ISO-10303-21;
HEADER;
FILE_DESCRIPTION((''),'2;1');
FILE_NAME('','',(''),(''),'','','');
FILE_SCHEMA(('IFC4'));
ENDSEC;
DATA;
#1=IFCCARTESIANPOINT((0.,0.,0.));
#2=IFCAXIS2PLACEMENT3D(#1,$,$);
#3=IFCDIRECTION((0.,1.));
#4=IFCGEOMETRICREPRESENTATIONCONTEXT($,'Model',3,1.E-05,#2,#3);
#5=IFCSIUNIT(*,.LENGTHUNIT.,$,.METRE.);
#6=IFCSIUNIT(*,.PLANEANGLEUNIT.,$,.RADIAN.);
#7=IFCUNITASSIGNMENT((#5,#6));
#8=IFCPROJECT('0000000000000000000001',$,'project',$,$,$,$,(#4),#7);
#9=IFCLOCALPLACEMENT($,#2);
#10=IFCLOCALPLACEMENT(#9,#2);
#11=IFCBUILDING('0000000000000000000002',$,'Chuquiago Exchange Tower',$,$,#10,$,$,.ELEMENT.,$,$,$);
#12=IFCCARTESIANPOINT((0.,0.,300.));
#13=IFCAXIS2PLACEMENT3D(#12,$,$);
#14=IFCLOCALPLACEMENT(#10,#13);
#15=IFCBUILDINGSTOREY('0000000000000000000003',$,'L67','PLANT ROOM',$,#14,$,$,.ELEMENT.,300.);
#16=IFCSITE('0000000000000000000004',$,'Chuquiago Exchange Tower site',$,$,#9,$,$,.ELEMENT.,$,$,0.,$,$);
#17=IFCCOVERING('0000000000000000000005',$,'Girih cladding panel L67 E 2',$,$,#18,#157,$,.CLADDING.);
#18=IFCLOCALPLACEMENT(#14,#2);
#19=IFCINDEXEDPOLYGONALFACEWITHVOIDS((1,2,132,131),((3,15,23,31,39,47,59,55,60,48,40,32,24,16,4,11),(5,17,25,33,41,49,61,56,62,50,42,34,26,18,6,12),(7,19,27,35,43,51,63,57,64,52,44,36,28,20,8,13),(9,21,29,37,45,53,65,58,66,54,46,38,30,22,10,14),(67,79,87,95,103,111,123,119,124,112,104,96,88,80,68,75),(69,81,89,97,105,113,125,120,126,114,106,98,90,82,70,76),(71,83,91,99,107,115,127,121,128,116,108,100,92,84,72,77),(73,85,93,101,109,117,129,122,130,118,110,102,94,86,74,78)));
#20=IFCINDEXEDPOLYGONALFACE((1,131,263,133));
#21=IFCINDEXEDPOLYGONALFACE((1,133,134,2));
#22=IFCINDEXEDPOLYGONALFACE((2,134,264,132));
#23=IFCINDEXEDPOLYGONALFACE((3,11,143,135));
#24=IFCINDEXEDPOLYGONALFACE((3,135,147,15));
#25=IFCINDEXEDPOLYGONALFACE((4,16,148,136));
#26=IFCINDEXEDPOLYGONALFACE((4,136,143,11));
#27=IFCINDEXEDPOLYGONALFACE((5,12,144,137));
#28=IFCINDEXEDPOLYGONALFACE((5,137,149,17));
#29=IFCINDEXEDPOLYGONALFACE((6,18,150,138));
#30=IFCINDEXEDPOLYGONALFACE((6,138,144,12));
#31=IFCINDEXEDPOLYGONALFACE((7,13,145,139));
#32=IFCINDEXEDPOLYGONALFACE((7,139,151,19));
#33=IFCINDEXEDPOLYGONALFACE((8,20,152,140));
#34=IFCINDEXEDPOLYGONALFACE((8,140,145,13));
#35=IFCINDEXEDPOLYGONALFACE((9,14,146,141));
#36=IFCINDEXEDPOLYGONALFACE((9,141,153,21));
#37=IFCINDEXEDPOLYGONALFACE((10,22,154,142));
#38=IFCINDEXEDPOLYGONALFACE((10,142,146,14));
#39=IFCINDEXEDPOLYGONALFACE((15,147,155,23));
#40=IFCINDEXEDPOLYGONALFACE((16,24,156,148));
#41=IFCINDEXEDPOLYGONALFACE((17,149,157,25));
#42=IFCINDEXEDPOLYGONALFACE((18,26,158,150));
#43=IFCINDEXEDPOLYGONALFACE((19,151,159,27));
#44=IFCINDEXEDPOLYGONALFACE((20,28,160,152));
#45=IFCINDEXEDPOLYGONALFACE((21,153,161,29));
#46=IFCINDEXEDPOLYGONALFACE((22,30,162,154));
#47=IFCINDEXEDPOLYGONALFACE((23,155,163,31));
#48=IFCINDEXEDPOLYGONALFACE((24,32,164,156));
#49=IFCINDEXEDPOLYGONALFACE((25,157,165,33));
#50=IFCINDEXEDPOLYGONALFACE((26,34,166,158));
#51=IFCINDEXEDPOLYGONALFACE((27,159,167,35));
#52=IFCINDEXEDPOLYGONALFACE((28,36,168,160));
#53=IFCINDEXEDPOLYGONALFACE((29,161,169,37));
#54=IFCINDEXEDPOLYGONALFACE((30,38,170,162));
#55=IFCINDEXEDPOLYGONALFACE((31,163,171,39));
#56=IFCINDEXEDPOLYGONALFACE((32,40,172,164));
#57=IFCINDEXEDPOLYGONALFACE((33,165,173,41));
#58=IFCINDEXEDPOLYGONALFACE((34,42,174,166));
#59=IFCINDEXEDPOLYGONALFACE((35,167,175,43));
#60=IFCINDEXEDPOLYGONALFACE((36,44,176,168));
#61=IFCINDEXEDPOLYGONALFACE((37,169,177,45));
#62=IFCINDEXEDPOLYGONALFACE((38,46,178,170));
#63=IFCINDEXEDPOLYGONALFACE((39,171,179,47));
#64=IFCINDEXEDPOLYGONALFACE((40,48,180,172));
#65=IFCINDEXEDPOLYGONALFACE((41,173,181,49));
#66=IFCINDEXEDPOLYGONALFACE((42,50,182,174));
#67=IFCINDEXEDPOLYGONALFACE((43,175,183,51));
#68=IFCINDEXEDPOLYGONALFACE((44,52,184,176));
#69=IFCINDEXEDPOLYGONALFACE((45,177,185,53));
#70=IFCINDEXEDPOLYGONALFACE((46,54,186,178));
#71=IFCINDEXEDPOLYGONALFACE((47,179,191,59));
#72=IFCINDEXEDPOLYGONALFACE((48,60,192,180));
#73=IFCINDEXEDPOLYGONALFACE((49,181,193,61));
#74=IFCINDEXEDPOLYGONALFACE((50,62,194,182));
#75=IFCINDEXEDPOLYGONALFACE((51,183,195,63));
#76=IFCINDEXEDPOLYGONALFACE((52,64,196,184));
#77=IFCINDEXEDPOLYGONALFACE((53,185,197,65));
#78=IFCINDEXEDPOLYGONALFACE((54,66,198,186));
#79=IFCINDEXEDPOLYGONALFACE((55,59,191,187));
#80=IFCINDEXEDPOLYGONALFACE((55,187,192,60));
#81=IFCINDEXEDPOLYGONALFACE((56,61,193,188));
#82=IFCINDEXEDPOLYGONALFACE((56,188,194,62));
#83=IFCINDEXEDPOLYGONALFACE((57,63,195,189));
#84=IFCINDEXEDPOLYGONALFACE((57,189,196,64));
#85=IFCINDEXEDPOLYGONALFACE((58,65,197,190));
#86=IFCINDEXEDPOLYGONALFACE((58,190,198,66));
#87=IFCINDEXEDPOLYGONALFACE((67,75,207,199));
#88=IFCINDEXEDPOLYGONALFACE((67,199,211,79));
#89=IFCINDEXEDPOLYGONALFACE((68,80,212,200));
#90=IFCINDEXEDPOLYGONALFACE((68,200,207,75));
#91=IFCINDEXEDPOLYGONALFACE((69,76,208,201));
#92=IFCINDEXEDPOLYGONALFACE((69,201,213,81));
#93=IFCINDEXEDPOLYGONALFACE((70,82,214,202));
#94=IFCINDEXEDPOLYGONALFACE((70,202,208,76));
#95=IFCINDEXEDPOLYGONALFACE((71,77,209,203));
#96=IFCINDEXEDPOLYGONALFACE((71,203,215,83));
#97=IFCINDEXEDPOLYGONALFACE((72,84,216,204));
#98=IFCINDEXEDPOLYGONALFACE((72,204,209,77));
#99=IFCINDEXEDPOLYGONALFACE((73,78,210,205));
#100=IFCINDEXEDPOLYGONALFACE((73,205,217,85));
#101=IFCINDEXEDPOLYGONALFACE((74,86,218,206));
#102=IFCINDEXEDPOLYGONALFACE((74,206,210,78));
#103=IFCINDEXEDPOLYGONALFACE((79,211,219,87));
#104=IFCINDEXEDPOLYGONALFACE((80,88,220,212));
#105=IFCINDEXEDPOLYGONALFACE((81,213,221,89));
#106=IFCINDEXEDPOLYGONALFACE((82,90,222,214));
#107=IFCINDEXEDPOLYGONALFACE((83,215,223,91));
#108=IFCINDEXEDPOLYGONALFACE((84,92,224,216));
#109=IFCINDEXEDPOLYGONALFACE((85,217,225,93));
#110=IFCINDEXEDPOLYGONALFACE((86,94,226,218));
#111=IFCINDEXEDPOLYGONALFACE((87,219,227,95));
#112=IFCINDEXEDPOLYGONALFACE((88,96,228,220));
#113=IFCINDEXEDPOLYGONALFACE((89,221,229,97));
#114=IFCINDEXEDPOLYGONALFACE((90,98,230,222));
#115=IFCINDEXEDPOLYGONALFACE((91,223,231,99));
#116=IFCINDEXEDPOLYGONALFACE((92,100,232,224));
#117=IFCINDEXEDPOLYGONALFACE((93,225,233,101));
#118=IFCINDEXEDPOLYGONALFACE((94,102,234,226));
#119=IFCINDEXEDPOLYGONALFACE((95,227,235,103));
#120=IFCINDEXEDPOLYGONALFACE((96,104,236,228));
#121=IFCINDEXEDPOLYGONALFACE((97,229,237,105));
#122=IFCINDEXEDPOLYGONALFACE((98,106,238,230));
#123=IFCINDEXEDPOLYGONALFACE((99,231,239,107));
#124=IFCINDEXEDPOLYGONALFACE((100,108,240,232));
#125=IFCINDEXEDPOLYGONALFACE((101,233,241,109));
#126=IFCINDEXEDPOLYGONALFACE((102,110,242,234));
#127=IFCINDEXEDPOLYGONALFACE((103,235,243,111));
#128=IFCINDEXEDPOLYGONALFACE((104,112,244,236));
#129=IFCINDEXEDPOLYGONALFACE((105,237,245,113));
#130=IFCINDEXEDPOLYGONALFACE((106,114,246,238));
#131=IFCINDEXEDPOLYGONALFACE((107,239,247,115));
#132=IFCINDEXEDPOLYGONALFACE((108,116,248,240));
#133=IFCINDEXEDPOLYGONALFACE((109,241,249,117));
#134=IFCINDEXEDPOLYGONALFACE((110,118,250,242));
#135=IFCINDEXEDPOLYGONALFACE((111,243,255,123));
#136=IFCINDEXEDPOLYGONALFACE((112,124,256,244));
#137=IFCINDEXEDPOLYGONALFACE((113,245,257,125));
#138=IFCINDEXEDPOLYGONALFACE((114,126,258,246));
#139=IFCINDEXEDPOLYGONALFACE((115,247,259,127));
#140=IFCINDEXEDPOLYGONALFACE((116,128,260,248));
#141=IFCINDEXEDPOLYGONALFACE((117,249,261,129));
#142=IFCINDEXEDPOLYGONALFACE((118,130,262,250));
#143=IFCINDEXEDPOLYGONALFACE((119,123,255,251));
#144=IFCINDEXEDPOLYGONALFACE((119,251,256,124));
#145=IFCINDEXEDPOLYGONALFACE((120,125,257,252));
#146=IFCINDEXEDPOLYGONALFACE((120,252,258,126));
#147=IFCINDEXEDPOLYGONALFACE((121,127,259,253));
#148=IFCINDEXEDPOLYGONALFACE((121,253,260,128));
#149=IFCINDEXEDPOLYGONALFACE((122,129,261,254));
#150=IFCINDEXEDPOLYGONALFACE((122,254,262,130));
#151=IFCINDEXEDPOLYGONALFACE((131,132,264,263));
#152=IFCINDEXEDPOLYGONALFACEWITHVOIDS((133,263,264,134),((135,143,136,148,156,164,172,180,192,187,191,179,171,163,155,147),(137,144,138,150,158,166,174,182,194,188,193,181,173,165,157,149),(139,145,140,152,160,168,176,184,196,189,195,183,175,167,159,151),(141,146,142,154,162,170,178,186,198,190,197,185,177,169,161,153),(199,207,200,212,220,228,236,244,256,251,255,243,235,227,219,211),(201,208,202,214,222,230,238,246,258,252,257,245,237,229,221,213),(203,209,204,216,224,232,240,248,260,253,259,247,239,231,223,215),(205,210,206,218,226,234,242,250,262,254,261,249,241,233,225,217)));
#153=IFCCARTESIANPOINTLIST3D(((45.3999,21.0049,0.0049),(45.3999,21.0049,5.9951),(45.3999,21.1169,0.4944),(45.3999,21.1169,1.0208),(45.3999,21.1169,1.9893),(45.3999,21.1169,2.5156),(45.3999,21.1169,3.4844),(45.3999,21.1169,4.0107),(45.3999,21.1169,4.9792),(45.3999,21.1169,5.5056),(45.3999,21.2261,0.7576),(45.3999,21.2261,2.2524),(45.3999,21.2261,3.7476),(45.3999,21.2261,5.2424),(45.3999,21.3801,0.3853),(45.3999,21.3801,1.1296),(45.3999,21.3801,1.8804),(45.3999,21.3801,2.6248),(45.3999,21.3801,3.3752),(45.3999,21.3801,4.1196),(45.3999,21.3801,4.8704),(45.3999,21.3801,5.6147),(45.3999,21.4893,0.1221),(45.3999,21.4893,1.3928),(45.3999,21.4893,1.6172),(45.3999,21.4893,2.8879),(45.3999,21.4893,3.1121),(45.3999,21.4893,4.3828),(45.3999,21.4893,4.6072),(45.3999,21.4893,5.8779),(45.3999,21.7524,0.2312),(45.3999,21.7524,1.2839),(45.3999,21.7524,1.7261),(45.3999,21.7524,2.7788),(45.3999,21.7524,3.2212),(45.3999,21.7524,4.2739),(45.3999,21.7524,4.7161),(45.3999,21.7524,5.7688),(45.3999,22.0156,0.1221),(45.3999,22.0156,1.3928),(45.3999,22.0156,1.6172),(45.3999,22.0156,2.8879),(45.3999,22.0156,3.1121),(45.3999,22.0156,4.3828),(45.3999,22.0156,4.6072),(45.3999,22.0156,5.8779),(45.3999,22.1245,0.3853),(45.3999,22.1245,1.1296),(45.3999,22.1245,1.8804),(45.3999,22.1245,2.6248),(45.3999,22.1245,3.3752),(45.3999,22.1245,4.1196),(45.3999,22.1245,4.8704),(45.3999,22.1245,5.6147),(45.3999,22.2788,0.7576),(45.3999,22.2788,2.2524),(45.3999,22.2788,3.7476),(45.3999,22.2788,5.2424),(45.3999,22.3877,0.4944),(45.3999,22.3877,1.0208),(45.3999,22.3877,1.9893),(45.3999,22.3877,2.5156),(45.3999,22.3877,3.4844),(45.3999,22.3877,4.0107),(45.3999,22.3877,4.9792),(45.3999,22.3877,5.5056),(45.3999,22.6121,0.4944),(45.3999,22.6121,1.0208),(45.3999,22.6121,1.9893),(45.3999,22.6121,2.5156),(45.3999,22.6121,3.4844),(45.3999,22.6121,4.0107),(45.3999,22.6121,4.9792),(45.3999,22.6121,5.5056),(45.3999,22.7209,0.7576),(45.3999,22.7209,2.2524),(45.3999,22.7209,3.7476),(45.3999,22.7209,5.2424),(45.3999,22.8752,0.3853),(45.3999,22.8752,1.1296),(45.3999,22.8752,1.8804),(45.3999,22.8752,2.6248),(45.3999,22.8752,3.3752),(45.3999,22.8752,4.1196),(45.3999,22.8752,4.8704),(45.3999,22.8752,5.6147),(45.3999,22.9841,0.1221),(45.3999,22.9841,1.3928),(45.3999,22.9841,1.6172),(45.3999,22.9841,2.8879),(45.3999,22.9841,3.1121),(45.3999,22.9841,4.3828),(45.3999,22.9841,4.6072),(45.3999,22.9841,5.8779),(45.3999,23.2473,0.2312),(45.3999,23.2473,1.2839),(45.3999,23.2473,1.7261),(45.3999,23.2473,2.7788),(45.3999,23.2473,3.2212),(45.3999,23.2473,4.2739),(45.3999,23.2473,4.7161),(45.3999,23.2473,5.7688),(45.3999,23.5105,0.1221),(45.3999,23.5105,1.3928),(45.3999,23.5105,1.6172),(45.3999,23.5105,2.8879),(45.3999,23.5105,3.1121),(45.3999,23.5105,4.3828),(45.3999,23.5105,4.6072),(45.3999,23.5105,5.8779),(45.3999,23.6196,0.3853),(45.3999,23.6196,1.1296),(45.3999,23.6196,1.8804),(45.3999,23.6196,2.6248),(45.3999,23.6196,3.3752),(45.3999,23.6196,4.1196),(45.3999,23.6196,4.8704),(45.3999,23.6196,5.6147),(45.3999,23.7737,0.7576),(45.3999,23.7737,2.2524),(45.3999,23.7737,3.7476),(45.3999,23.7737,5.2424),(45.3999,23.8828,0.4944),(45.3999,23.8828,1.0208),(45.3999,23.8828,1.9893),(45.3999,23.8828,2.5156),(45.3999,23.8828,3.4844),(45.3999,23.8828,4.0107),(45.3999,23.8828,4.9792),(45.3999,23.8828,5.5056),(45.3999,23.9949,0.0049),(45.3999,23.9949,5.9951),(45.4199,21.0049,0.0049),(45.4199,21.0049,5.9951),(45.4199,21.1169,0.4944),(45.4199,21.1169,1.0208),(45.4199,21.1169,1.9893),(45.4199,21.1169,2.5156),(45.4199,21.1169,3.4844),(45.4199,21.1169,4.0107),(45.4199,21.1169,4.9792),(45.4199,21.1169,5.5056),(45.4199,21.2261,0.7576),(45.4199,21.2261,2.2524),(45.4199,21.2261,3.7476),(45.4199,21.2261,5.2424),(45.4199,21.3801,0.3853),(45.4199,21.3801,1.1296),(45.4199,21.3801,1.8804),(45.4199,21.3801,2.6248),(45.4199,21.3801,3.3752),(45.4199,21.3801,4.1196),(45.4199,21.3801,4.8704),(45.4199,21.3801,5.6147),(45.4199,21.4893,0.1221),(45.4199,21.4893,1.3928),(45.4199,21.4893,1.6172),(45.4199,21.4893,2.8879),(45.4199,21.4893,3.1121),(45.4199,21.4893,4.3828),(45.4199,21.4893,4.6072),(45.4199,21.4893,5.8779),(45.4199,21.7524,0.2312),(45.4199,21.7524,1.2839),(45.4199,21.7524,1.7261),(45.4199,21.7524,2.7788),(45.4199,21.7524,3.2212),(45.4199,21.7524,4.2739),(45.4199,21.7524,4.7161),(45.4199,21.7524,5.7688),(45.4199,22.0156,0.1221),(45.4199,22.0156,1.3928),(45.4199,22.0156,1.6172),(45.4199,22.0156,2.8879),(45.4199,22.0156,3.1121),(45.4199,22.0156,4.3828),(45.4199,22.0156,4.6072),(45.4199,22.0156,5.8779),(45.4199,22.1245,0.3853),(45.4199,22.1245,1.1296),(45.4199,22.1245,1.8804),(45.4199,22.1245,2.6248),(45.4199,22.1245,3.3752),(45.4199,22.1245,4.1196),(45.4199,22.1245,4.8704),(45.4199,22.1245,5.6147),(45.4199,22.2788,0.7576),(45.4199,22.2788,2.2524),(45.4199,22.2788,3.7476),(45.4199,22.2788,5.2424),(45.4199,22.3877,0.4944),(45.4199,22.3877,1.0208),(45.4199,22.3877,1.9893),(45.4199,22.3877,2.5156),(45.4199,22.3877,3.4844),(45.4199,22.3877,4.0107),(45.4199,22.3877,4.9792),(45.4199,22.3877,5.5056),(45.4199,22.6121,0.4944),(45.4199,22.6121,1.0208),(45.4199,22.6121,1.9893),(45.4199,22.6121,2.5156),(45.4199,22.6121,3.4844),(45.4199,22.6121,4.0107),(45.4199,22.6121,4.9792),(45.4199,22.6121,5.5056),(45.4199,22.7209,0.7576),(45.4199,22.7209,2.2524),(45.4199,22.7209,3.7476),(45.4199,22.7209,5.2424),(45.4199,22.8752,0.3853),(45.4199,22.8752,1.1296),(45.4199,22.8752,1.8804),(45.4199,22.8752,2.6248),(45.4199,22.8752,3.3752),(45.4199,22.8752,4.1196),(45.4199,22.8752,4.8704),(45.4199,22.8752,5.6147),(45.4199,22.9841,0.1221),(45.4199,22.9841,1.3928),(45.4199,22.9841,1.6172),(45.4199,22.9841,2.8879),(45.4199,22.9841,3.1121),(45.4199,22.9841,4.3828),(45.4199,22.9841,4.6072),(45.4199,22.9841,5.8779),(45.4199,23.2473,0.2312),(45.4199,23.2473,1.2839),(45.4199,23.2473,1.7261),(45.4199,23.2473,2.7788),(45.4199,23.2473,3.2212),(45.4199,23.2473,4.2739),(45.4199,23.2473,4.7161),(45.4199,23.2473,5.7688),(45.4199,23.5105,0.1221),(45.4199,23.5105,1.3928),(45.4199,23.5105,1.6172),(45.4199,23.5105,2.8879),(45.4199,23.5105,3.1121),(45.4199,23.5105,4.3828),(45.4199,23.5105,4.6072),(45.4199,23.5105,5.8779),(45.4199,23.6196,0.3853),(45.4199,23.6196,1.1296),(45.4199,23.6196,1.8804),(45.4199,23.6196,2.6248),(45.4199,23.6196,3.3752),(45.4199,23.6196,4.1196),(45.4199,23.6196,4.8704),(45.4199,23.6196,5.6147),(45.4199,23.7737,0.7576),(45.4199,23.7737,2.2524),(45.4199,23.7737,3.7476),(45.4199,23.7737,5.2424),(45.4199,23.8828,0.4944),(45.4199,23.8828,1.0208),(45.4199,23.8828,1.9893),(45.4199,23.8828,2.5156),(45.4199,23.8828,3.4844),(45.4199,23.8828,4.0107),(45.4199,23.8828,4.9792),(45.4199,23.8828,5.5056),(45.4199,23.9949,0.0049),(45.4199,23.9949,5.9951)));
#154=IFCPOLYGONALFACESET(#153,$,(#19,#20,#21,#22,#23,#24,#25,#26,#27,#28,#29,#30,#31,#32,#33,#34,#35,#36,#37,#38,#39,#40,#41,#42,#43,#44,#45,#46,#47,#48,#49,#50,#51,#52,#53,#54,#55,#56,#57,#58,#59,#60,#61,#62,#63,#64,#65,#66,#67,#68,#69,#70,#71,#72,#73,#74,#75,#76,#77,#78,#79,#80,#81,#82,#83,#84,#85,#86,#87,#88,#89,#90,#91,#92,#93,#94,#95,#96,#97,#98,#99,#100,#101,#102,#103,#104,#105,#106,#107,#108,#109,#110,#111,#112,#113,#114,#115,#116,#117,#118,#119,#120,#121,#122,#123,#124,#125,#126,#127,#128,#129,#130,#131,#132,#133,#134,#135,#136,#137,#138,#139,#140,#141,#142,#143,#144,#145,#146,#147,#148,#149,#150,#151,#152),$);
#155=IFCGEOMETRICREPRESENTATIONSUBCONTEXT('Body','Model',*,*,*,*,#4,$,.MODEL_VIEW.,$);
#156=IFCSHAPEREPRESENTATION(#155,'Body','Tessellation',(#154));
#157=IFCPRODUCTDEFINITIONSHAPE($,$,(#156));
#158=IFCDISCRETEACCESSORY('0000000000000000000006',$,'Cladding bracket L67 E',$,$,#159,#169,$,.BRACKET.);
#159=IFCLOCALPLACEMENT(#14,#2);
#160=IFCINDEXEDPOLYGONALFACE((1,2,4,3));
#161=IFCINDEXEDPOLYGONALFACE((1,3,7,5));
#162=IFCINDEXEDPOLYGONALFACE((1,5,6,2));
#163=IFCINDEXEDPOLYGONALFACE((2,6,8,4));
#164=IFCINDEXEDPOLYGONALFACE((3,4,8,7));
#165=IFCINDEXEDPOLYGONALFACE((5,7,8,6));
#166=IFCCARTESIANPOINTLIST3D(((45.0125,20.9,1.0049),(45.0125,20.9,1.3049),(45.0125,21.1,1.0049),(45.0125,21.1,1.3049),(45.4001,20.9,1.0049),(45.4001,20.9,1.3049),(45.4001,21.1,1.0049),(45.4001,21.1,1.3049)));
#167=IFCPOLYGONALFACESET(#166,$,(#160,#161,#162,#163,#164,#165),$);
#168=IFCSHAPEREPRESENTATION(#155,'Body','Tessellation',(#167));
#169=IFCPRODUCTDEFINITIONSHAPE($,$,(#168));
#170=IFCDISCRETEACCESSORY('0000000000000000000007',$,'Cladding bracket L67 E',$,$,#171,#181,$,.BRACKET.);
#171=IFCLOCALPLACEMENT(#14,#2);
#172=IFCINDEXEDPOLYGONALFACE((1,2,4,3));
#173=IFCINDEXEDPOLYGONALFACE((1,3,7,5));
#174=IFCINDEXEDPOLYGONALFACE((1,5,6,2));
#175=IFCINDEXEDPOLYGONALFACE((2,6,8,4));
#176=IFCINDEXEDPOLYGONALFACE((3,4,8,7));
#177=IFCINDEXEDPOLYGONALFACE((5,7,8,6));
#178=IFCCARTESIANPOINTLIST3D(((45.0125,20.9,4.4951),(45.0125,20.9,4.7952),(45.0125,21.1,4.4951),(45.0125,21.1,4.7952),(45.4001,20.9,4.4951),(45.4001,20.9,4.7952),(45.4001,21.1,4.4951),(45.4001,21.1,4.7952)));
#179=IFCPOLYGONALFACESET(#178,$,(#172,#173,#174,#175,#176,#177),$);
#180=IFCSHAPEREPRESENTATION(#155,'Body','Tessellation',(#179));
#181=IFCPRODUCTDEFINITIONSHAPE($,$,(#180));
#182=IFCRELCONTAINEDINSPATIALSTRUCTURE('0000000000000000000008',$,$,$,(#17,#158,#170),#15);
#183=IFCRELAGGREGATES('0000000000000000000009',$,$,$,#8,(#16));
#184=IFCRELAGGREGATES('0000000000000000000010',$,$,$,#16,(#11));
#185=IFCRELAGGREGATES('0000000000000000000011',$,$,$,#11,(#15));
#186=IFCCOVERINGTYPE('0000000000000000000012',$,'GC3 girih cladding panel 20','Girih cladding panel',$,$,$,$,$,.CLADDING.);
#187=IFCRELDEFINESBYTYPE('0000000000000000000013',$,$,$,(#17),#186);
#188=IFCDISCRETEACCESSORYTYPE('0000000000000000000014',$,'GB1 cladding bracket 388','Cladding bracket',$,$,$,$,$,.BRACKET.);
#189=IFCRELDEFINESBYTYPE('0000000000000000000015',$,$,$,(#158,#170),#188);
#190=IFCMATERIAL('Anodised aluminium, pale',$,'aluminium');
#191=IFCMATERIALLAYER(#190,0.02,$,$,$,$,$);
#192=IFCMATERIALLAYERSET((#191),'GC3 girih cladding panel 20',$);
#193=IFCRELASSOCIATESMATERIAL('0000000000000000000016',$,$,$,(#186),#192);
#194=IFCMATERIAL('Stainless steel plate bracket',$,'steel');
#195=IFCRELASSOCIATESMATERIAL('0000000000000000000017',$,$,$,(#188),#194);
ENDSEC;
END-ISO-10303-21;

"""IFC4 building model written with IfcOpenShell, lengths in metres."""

from ifc_helpers import new_model, si_unit, direction, frame, origin, origin_2d, place, context, subcontext, project, spatial, polyline, rectangle, outline, extrude, material, layer, layer_set, type_object, element, save


model = new_model("IFC4")

# Units and contexts
model_context = context("Model", 3, precision=1e-05, world=origin(), true_north=direction((0.0, 1.0)))
body_context = subcontext(model_context, "Body", "Model", "MODEL_VIEW")
ifc_project = project(units=[si_unit("LENGTHUNIT", "METRE"), si_unit("PLANEANGLEUNIT", "RADIAN")], contexts=[model_context])

# Site, building, storey
site_placement = place(None, origin())
site = spatial("IfcSite", under=ifc_project, at=site_placement, Name="Chuquiago Exchange Tower site", CompositionType="ELEMENT", RefElevation=0.0)
building_placement = place(site_placement, origin())
building = spatial("IfcBuilding", under=site, at=building_placement, Name="Chuquiago Exchange Tower", CompositionType="ELEMENT")
storey_placement = place(building_placement, frame((0.0, 0.0, 300.0)))
storey = spatial("IfcBuildingStorey", under=building, at=storey_placement, Name="L67", Description="PLANT ROOM", CompositionType="ELEMENT", Elevation=300.0)

# Covering
ifc_material_1 = material(Name="Anodised aluminium, pale", Category="aluminium")
ifc_layer_1 = layer(ifc_material_1, 0.02)
ifc_layer_set_1 = layer_set([ifc_layer_1], Name="GC3 girih cladding panel 20")
covering_type = type_object("IfcCoveringType", Name="GC3 girih cladding panel 20", Description="Girih cladding panel", PredefinedType="CLADDING", material=ifc_layer_set_1)
covering_1_placement = place(storey_placement, frame((45.3999, 21.0049, 0.0049), z_axis=(0.0, 0.0, 1.0), x_axis=(0.0, 1.0, 0.0)))
element("IfcCovering", 1, at=covering_1_placement, inside=storey, type_object=covering_type, Name="Girih cladding panel L67 E 2", PredefinedType="CLADDING", context=body_context, shape_type="SweptSolid", body=[
    extrude(outline(polyline([(0.0, 0.0), (2.99, 0.0), (2.99, 5.9902), (0.0, 5.9902), (0.0, 0.0)]), holes=[polyline([(1.2739, 0.7527), (1.3828, 1.0159), (1.1196, 1.1248), (1.0107, 1.3879), (0.7476, 1.2791), (0.4844, 1.3879), (0.3752, 1.1248), (0.1121, 1.0159), (0.2212, 0.7527), (0.1121, 0.4895), (0.3752, 0.3804), (0.4844, 0.1172), (0.7476, 0.2263), (1.0107, 0.1172), (1.1196, 0.3804), (1.3828, 0.4895), (1.2739, 0.7527)]), polyline([(2.7688, 0.7527), (2.8779, 1.0159), (2.6147, 1.1248), (2.5056, 1.3879), (2.2424, 1.2791), (1.9792, 1.3879), (1.8704, 1.1248), (1.6072, 1.0159), (1.7161, 0.7527), (1.6072, 0.4895), (1.8704, 0.3804), (1.9792, 0.1172), (2.2424, 0.2263), (2.5056, 0.1172), (2.6147, 0.3804), (2.8779, 0.4895), (2.7688, 0.7527)]), polyline([(1.2739, 2.2476), (1.3828, 2.5107), (1.1196, 2.6199), (1.0107, 2.8831), (0.7476, 2.7739), (0.4844, 2.8831), (0.3752, 2.6199), (0.1121, 2.5107), (0.2212, 2.2476), (0.1121, 1.9844), (0.3752, 1.8755), (0.4844, 1.6123), (0.7476, 1.7212), (1.0107, 1.6123), (1.1196, 1.8755), (1.3828, 1.9844), (1.2739, 2.2476)]), polyline([(2.7688, 2.2476), (2.8779, 2.5107), (2.6147, 2.6199), (2.5056, 2.8831), (2.2424, 2.7739), (1.9792, 2.8831), (1.8704, 2.6199), (1.6072, 2.5107), (1.7161, 2.2476), (1.6072, 1.9844), (1.8704, 1.8755), (1.9792, 1.6123), (2.2424, 1.7212), (2.5056, 1.6123), (2.6147, 1.8755), (2.8779, 1.9844), (2.7688, 2.2476)]), polyline([(1.2739, 3.7427), (1.3828, 4.0059), (1.1196, 4.1147), (1.0107, 4.3779), (0.7476, 4.269), (0.4844, 4.3779), (0.3752, 4.1147), (0.1121, 4.0059), (0.2212, 3.7427), (0.1121, 3.4795), (0.3752, 3.3704), (0.4844, 3.1072), (0.7476, 3.2163), (1.0107, 3.1072), (1.1196, 3.3704), (1.3828, 3.4795), (1.2739, 3.7427)]), polyline([(2.7688, 3.7427), (2.8779, 4.0059), (2.6147, 4.1147), (2.5056, 4.3779), (2.2424, 4.269), (1.9792, 4.3779), (1.8704, 4.1147), (1.6072, 4.0059), (1.7161, 3.7427), (1.6072, 3.4795), (1.8704, 3.3704), (1.9792, 3.1072), (2.2424, 3.2163), (2.5056, 3.1072), (2.6147, 3.3704), (2.8779, 3.4795), (2.7688, 3.7427)]), polyline([(1.2739, 5.2375), (1.3828, 5.5007), (1.1196, 5.6099), (1.0107, 5.873), (0.7476, 5.7639), (0.4844, 5.873), (0.3752, 5.6099), (0.1121, 5.5007), (0.2212, 5.2375), (0.1121, 4.9744), (0.3752, 4.8655), (0.4844, 4.6023), (0.7476, 4.7112), (1.0107, 4.6023), (1.1196, 4.8655), (1.3828, 4.9744), (1.2739, 5.2375)]), polyline([(2.7688, 5.2375), (2.8779, 5.5007), (2.6147, 5.6099), (2.5056, 5.873), (2.2424, 5.7639), (1.9792, 5.873), (1.8704, 5.6099), (1.6072, 5.5007), (1.7161, 5.2375), (1.6072, 4.9744), (1.8704, 4.8655), (1.9792, 4.6023), (2.2424, 4.7112), (2.5056, 4.6023), (2.6147, 4.8655), (2.8779, 4.9744), (2.7688, 5.2375)])]), frame((0.0, 0.0, 0.0), z_axis=(0.0, -1.0, 0.0), x_axis=(1.0, 0.0, 0.0)), (0.0, 0.0, 1.0), 0.02),
])

# Discrete accessories
ifc_material_2 = material(Name="Stainless steel plate bracket", Category="steel")
discrete_accessory_type_1 = type_object("IfcDiscreteAccessoryType", Name="GB1 cladding bracket 388", Description="Cladding bracket", PredefinedType="BRACKET", material=ifc_material_2)
for number, where, z_axis, x_axis, name in (
    (2, (45.2063, 21.0, 1.0049), (0.0, 0.0, 1.0), (0.0, 1.0, 0.0), "Cladding bracket L67 E"),
    (3, (45.2063, 21.0, 4.4951), (0.0, 0.0, 1.0), (0.0, 1.0, 0.0), "Cladding bracket L67 E"),
):
    element("IfcDiscreteAccessory", number, at=place(storey_placement, frame(where, z_axis=z_axis, x_axis=x_axis)), inside=storey, type_object=discrete_accessory_type_1, Name=name, PredefinedType="BRACKET", context=body_context, shape_type="SweptSolid", body=[
        extrude(rectangle(XDim=0.2, YDim=0.3877, at=origin_2d()), origin(), (0.0, 0.0, 1.0), 0.3),
    ])

save(model, "model.ifc")
